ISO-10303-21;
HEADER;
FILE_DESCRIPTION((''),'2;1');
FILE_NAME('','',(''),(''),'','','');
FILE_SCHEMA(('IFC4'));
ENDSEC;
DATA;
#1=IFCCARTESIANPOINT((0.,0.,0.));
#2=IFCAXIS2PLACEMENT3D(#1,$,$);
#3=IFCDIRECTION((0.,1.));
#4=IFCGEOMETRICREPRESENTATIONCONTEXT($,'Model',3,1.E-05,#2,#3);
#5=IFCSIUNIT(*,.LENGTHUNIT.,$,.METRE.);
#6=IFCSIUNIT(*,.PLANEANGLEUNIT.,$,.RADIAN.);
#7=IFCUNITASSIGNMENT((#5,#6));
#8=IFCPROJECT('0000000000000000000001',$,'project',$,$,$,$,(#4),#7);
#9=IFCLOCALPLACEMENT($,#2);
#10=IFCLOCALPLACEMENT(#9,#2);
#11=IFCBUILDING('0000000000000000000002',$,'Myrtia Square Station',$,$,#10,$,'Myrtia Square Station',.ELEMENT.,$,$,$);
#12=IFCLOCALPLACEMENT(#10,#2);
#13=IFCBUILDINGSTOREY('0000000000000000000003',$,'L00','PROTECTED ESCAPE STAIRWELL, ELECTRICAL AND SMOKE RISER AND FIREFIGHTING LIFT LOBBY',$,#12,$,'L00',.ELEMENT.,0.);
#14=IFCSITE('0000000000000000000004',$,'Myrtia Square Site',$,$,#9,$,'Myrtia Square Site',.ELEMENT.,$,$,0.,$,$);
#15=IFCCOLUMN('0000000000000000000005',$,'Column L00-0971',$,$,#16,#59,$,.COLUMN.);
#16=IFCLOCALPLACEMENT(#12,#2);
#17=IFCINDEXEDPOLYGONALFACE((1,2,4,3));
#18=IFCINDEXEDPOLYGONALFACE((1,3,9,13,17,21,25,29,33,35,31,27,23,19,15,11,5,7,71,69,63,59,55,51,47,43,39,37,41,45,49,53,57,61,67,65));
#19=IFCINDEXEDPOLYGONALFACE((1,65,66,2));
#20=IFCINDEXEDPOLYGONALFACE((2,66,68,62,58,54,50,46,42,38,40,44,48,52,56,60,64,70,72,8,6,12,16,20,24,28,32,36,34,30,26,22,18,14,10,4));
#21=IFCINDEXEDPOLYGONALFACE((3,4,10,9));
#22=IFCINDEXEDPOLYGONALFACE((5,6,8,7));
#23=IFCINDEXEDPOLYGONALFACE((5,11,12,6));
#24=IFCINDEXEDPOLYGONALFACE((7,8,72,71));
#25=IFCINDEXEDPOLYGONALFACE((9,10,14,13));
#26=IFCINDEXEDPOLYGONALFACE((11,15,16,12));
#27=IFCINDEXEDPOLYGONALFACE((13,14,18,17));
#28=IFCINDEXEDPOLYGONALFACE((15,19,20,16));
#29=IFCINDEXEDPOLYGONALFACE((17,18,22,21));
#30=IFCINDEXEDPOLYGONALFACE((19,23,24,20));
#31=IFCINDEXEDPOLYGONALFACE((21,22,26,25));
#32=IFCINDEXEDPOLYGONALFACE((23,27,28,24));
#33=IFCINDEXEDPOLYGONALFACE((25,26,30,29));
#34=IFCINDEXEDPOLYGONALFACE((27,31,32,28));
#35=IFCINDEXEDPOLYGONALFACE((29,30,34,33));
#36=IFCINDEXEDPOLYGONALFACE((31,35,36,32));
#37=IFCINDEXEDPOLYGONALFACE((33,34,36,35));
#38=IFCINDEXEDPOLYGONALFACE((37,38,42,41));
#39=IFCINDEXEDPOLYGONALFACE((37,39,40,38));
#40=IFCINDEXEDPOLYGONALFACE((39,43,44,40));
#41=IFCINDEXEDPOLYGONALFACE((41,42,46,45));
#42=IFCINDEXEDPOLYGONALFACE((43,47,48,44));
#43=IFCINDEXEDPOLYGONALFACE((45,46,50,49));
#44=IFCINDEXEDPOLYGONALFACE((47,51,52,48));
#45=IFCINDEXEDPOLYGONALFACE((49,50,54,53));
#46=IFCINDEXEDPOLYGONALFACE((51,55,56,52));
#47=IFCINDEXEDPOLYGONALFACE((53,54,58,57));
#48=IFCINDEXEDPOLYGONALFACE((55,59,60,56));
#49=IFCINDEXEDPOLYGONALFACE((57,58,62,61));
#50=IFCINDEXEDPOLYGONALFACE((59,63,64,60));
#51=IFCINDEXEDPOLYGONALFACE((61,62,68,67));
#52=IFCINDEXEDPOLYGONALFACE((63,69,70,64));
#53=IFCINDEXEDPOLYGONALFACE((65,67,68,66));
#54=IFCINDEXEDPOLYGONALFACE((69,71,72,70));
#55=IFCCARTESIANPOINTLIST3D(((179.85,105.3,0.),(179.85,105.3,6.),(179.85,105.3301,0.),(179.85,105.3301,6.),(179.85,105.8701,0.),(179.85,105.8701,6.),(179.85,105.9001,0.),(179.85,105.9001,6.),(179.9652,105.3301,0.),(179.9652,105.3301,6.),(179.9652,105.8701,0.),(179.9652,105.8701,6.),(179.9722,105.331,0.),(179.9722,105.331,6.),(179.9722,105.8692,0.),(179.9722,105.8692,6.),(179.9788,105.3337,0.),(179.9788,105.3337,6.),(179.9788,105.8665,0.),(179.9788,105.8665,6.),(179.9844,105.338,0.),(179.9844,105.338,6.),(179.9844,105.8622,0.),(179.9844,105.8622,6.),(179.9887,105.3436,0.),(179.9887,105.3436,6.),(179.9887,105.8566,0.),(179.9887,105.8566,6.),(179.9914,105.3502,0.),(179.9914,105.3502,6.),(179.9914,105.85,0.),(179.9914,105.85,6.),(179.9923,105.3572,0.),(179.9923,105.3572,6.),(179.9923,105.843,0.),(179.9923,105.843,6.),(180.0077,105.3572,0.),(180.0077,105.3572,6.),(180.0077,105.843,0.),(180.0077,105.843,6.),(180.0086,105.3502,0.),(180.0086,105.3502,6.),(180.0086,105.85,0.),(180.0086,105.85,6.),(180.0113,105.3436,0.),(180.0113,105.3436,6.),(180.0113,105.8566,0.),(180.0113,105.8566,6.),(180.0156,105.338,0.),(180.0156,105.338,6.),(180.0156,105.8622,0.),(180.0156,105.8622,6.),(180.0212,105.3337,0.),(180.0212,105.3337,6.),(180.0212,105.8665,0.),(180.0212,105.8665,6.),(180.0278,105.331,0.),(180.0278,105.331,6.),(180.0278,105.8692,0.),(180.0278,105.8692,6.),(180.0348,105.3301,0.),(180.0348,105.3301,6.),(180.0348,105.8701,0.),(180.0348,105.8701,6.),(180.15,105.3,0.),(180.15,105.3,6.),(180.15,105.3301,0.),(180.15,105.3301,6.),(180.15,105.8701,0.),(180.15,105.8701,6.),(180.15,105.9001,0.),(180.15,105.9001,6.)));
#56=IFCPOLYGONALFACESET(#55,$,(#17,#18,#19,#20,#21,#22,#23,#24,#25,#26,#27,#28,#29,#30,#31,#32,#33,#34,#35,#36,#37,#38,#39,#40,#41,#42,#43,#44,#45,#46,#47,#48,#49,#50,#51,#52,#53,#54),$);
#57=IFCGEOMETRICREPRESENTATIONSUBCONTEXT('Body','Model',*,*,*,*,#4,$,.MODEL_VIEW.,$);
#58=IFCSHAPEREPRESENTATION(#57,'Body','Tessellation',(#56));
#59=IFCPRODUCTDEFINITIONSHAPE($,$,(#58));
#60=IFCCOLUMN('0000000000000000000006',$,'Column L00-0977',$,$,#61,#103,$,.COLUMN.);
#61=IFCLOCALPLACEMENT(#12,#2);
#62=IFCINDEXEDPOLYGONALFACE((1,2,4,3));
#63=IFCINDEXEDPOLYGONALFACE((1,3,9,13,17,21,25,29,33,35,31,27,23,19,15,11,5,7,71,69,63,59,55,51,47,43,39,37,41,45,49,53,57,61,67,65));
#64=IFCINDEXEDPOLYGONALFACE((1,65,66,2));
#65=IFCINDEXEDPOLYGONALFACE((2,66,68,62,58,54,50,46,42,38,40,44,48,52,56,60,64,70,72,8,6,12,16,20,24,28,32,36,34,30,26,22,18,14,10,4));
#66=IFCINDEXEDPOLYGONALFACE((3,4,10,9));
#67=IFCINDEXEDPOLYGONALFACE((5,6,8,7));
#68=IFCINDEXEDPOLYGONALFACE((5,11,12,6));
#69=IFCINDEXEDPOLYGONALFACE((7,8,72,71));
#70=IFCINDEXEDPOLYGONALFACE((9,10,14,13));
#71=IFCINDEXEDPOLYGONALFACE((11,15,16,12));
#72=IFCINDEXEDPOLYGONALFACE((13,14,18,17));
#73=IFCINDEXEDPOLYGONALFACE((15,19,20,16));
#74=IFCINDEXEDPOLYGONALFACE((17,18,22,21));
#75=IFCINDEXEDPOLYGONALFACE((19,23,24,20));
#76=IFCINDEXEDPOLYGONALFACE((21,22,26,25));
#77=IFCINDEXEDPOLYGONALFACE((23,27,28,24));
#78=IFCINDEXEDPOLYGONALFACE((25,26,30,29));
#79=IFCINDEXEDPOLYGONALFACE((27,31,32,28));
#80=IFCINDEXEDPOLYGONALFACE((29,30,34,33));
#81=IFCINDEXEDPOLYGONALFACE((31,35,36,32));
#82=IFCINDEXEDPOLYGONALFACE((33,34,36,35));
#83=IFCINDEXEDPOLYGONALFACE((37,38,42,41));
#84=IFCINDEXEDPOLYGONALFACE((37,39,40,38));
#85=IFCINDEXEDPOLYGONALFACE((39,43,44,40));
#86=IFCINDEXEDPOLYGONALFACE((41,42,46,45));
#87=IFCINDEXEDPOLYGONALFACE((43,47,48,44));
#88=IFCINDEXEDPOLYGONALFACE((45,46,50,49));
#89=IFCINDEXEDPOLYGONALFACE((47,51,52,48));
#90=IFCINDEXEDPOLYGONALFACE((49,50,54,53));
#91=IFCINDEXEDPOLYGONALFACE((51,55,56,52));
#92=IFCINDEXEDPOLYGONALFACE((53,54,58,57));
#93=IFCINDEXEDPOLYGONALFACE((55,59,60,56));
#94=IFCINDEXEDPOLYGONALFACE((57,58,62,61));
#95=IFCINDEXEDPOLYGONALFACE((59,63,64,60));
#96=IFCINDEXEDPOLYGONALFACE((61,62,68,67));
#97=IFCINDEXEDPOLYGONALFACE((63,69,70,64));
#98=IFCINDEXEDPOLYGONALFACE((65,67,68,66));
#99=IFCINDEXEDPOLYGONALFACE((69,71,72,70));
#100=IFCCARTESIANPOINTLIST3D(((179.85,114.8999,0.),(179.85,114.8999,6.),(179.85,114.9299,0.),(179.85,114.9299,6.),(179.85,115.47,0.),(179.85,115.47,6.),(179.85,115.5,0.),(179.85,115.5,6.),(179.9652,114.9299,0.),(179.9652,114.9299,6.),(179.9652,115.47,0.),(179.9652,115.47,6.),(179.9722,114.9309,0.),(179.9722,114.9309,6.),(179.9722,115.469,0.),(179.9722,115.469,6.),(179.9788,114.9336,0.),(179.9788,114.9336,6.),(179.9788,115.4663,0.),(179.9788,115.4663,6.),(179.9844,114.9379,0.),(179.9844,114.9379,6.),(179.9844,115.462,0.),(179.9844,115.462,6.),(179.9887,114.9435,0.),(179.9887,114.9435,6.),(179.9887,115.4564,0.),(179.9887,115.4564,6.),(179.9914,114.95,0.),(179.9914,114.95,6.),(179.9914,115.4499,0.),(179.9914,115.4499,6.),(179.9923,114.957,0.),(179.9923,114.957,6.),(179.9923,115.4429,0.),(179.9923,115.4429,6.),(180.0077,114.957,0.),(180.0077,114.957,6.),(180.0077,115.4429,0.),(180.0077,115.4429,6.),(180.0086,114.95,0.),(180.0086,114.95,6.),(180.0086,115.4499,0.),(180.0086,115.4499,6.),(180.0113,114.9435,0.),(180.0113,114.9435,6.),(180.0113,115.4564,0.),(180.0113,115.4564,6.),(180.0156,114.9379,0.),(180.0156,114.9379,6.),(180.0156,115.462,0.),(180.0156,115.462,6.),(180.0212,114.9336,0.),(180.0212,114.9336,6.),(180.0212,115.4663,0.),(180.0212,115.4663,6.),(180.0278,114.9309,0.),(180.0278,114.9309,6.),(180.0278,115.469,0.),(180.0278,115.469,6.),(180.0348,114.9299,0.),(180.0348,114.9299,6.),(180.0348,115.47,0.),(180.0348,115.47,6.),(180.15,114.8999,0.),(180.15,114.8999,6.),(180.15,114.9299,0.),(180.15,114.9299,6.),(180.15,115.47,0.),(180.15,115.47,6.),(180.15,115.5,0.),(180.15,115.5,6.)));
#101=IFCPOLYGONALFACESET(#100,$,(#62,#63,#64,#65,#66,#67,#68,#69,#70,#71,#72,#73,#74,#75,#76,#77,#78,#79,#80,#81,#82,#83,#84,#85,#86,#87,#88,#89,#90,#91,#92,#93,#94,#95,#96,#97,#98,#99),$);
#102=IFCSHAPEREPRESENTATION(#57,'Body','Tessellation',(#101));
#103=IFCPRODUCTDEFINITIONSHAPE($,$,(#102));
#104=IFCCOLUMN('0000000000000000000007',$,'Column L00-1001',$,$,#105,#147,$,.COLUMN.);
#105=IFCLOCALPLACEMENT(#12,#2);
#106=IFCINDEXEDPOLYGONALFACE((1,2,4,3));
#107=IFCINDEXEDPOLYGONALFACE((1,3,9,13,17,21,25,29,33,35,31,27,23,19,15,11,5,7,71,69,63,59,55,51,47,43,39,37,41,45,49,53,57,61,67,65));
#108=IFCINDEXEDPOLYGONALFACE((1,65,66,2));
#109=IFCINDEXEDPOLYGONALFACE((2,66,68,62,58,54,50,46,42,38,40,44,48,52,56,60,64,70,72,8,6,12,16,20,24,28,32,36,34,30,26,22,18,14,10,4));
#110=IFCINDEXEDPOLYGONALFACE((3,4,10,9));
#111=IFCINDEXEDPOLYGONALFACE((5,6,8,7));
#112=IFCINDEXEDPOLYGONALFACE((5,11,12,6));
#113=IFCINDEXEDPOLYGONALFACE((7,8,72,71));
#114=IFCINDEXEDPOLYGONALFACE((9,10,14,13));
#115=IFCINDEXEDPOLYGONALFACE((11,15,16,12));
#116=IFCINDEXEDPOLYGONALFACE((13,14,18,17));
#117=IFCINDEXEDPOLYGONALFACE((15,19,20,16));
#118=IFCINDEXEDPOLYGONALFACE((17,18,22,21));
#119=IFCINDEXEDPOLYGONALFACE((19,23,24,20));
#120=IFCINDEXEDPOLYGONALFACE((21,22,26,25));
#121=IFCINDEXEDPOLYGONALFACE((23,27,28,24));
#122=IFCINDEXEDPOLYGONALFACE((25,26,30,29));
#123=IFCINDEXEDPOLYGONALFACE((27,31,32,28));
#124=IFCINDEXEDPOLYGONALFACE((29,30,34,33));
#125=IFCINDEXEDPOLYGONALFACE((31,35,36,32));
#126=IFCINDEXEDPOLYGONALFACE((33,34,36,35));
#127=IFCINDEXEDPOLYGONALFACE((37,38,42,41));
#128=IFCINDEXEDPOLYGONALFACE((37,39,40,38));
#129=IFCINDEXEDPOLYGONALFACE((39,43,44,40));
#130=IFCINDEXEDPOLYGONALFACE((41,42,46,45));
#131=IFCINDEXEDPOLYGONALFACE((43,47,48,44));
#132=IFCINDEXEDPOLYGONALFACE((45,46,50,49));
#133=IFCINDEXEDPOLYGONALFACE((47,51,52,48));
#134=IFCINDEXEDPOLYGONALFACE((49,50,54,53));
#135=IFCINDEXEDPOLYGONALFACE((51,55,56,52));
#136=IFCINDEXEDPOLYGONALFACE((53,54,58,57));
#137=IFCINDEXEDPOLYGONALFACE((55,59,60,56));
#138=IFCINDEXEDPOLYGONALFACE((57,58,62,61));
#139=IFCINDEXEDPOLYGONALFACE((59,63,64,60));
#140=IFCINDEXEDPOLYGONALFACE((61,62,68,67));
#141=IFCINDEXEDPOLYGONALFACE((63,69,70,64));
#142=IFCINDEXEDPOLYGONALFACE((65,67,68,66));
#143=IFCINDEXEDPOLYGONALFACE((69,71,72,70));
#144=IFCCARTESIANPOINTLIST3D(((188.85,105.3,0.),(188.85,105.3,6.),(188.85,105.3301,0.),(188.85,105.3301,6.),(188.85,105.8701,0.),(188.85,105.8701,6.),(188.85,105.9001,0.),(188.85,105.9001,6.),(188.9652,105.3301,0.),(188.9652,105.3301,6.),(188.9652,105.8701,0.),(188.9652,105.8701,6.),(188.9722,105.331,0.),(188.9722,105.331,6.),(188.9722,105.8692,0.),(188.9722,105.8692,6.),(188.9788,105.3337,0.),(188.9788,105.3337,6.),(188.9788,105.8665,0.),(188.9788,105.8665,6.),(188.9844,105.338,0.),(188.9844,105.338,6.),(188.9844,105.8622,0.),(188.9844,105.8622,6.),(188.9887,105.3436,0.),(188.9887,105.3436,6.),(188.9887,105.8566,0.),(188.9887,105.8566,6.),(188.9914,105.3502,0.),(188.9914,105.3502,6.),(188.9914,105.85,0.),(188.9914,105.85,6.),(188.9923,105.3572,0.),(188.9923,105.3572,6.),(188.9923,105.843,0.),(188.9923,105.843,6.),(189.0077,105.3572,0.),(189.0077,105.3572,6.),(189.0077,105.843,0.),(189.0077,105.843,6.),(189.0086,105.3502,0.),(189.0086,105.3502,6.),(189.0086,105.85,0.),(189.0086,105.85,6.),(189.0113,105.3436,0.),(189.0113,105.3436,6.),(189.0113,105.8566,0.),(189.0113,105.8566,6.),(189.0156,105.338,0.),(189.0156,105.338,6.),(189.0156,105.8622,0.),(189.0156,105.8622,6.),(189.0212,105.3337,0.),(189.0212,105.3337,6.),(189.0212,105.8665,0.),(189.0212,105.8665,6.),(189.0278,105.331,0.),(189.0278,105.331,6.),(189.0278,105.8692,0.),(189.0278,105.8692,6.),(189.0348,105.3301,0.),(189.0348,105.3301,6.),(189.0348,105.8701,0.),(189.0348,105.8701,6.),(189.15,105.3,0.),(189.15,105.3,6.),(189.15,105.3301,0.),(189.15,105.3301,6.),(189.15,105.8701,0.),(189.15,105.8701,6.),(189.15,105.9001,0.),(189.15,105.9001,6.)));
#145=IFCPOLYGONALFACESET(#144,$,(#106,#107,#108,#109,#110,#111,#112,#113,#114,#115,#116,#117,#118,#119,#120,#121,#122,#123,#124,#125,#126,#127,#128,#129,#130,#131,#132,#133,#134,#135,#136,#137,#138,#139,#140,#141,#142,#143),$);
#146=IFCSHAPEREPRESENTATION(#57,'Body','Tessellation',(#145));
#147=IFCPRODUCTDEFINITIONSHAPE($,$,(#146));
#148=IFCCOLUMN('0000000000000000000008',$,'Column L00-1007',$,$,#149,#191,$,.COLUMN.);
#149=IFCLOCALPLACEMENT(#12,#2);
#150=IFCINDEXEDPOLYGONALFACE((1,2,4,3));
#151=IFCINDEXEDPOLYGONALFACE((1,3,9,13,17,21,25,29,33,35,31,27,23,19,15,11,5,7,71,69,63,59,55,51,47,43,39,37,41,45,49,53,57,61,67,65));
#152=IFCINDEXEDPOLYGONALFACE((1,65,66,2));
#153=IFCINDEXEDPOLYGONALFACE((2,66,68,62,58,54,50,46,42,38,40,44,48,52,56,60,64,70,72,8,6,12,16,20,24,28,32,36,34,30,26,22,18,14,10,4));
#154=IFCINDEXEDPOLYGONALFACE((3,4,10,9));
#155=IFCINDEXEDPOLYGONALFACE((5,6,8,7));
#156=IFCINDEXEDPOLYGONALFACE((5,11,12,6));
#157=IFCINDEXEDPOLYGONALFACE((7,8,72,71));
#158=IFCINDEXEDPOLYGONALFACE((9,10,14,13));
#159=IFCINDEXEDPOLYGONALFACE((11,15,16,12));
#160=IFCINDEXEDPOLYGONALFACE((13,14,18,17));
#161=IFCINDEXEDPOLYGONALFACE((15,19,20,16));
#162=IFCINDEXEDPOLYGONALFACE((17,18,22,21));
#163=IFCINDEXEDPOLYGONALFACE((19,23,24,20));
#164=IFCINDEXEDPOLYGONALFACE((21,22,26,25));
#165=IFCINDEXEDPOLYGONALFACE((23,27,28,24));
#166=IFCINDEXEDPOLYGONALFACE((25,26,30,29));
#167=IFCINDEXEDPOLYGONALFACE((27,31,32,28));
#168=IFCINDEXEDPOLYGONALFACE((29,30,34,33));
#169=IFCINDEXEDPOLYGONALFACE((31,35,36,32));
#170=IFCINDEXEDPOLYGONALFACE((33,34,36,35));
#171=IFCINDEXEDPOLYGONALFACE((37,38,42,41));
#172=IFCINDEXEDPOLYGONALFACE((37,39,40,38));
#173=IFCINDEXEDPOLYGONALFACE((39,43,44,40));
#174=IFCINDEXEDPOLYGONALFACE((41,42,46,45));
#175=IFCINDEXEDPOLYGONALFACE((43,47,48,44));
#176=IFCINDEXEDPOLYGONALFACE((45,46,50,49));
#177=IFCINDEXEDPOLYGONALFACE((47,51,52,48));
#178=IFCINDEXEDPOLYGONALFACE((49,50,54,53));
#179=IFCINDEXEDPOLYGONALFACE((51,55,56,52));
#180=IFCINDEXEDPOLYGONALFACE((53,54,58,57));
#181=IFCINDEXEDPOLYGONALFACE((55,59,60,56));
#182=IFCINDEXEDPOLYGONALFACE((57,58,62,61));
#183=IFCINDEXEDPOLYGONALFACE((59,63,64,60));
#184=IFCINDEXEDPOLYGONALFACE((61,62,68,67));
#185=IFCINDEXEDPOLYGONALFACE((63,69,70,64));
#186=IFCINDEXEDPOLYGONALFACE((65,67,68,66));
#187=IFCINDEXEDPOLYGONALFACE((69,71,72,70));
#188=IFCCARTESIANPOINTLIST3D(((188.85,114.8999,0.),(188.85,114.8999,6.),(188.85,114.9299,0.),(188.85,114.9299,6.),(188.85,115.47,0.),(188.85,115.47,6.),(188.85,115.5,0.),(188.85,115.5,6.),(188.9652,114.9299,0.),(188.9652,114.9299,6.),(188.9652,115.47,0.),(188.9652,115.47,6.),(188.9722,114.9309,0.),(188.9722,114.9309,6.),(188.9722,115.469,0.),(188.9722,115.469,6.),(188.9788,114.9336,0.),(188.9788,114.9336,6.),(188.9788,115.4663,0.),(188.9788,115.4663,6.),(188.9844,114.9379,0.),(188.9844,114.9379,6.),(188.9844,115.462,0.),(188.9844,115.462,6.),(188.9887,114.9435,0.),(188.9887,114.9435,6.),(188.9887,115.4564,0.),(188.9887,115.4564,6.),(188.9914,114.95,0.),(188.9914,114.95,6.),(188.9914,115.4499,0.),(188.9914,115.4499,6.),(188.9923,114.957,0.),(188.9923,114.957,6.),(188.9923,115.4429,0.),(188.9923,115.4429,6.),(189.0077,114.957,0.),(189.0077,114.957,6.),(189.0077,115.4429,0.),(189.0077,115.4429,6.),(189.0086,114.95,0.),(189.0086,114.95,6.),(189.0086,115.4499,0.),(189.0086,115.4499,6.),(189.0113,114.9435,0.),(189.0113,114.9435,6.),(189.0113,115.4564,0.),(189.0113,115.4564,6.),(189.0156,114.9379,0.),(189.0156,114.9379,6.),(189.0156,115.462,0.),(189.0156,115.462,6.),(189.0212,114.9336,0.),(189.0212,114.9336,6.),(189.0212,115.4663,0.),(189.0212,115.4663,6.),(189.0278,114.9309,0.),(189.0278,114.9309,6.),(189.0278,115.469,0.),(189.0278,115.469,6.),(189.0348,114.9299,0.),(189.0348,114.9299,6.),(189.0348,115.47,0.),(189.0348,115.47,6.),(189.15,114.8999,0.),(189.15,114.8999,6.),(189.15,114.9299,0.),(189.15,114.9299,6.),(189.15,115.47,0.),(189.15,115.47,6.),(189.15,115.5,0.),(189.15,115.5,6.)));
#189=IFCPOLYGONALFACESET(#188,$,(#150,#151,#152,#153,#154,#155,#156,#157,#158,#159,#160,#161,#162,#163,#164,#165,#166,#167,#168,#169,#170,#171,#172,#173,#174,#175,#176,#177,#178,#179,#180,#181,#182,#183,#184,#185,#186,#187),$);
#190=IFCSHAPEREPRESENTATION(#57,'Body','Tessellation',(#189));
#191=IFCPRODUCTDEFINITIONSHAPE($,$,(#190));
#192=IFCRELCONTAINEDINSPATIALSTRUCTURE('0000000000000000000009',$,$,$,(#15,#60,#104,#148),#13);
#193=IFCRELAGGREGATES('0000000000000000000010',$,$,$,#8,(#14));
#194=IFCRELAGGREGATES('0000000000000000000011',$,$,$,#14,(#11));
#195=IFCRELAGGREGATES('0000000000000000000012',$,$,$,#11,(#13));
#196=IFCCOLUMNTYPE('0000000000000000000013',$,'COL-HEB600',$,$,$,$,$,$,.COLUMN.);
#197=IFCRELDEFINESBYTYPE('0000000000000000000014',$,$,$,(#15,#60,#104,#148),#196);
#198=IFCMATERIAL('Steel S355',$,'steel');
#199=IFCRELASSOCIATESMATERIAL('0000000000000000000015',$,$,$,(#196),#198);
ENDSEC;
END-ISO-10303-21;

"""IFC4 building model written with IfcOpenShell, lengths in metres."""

from ifc_helpers import new_model, si_unit, direction, frame, origin, origin_2d, place, context, subcontext, project, spatial, i_section, extrude, material, material_profile, profile_set, type_object, element, save


model = new_model("IFC4")

# Units and contexts
model_context = context("Model", 3, precision=1e-05, world=origin(), true_north=direction((0.0, 1.0)))
body_context = subcontext(model_context, "Body", "Model", "MODEL_VIEW")
ifc_project = project(units=[si_unit("LENGTHUNIT", "METRE"), si_unit("PLANEANGLEUNIT", "RADIAN")], contexts=[model_context])

# Site, building, storey
site_placement = place(None, origin())
site = spatial("IfcSite", under=ifc_project, at=site_placement, Name="Myrtia Square Site", LongName="Myrtia Square Site", CompositionType="ELEMENT", RefElevation=0.0)
building_placement = place(site_placement, origin())
building = spatial("IfcBuilding", under=site, at=building_placement, Name="Myrtia Square Station", LongName="Myrtia Square Station", CompositionType="ELEMENT")
storey_placement = place(building_placement, origin())
storey = spatial("IfcBuildingStorey", under=building, at=storey_placement, Name="L00", Description="PROTECTED ESCAPE STAIRWELL, ELECTRICAL AND SMOKE RISER AND FIREFIGHTING LIFT LOBBY", LongName="L00", CompositionType="ELEMENT", Elevation=0.0)

# Columns
ifc_material_1 = material(Name="Steel S355", Category="steel")
ifc_material_profile_1 = material_profile(ifc_material_1, i_section(OverallWidth=0.3, OverallDepth=0.6001, WebThickness=0.0154, FlangeThickness=0.03, FilletRadius=0.0271, at=origin_2d()), Name="HEB 600")
ifc_profile_set_1 = profile_set([ifc_material_profile_1], Name="Steel S355")
column_type = type_object("IfcColumnType", Name="COL-HEB600", PredefinedType="COLUMN", material=ifc_profile_set_1)
for number, where, z_axis, x_axis, name in (
    (1, (180.0, 105.6001, 0.0), (0.0, 0.0, 1.0), (1.0, 0.0, 0.0), "Column L00-0971"),
    (2, (180.0, 115.2, 0.0), (0.0, 0.0, 1.0), (1.0, 0.0, 0.0), "Column L00-0977"),
    (3, (189.0, 105.6001, 0.0), (0.0, 0.0, 1.0), (1.0, 0.0, 0.0), "Column L00-1001"),
    (4, (189.0, 115.2, 0.0), (0.0, 0.0, 1.0), (1.0, 0.0, 0.0), "Column L00-1007"),
):
    element("IfcColumn", number, at=place(storey_placement, frame(where, z_axis=z_axis, x_axis=x_axis)), inside=storey, type_object=column_type, Name=name, PredefinedType="COLUMN", context=body_context, shape_type="SweptSolid", body=[
        extrude(i_section(OverallWidth=0.3, OverallDepth=0.6001, WebThickness=0.0154, FlangeThickness=0.03, FilletRadius=0.0271, at=origin_2d()), origin(), (0.0, 0.0, 1.0), 6.0),
    ])

save(model, "model.ifc")
